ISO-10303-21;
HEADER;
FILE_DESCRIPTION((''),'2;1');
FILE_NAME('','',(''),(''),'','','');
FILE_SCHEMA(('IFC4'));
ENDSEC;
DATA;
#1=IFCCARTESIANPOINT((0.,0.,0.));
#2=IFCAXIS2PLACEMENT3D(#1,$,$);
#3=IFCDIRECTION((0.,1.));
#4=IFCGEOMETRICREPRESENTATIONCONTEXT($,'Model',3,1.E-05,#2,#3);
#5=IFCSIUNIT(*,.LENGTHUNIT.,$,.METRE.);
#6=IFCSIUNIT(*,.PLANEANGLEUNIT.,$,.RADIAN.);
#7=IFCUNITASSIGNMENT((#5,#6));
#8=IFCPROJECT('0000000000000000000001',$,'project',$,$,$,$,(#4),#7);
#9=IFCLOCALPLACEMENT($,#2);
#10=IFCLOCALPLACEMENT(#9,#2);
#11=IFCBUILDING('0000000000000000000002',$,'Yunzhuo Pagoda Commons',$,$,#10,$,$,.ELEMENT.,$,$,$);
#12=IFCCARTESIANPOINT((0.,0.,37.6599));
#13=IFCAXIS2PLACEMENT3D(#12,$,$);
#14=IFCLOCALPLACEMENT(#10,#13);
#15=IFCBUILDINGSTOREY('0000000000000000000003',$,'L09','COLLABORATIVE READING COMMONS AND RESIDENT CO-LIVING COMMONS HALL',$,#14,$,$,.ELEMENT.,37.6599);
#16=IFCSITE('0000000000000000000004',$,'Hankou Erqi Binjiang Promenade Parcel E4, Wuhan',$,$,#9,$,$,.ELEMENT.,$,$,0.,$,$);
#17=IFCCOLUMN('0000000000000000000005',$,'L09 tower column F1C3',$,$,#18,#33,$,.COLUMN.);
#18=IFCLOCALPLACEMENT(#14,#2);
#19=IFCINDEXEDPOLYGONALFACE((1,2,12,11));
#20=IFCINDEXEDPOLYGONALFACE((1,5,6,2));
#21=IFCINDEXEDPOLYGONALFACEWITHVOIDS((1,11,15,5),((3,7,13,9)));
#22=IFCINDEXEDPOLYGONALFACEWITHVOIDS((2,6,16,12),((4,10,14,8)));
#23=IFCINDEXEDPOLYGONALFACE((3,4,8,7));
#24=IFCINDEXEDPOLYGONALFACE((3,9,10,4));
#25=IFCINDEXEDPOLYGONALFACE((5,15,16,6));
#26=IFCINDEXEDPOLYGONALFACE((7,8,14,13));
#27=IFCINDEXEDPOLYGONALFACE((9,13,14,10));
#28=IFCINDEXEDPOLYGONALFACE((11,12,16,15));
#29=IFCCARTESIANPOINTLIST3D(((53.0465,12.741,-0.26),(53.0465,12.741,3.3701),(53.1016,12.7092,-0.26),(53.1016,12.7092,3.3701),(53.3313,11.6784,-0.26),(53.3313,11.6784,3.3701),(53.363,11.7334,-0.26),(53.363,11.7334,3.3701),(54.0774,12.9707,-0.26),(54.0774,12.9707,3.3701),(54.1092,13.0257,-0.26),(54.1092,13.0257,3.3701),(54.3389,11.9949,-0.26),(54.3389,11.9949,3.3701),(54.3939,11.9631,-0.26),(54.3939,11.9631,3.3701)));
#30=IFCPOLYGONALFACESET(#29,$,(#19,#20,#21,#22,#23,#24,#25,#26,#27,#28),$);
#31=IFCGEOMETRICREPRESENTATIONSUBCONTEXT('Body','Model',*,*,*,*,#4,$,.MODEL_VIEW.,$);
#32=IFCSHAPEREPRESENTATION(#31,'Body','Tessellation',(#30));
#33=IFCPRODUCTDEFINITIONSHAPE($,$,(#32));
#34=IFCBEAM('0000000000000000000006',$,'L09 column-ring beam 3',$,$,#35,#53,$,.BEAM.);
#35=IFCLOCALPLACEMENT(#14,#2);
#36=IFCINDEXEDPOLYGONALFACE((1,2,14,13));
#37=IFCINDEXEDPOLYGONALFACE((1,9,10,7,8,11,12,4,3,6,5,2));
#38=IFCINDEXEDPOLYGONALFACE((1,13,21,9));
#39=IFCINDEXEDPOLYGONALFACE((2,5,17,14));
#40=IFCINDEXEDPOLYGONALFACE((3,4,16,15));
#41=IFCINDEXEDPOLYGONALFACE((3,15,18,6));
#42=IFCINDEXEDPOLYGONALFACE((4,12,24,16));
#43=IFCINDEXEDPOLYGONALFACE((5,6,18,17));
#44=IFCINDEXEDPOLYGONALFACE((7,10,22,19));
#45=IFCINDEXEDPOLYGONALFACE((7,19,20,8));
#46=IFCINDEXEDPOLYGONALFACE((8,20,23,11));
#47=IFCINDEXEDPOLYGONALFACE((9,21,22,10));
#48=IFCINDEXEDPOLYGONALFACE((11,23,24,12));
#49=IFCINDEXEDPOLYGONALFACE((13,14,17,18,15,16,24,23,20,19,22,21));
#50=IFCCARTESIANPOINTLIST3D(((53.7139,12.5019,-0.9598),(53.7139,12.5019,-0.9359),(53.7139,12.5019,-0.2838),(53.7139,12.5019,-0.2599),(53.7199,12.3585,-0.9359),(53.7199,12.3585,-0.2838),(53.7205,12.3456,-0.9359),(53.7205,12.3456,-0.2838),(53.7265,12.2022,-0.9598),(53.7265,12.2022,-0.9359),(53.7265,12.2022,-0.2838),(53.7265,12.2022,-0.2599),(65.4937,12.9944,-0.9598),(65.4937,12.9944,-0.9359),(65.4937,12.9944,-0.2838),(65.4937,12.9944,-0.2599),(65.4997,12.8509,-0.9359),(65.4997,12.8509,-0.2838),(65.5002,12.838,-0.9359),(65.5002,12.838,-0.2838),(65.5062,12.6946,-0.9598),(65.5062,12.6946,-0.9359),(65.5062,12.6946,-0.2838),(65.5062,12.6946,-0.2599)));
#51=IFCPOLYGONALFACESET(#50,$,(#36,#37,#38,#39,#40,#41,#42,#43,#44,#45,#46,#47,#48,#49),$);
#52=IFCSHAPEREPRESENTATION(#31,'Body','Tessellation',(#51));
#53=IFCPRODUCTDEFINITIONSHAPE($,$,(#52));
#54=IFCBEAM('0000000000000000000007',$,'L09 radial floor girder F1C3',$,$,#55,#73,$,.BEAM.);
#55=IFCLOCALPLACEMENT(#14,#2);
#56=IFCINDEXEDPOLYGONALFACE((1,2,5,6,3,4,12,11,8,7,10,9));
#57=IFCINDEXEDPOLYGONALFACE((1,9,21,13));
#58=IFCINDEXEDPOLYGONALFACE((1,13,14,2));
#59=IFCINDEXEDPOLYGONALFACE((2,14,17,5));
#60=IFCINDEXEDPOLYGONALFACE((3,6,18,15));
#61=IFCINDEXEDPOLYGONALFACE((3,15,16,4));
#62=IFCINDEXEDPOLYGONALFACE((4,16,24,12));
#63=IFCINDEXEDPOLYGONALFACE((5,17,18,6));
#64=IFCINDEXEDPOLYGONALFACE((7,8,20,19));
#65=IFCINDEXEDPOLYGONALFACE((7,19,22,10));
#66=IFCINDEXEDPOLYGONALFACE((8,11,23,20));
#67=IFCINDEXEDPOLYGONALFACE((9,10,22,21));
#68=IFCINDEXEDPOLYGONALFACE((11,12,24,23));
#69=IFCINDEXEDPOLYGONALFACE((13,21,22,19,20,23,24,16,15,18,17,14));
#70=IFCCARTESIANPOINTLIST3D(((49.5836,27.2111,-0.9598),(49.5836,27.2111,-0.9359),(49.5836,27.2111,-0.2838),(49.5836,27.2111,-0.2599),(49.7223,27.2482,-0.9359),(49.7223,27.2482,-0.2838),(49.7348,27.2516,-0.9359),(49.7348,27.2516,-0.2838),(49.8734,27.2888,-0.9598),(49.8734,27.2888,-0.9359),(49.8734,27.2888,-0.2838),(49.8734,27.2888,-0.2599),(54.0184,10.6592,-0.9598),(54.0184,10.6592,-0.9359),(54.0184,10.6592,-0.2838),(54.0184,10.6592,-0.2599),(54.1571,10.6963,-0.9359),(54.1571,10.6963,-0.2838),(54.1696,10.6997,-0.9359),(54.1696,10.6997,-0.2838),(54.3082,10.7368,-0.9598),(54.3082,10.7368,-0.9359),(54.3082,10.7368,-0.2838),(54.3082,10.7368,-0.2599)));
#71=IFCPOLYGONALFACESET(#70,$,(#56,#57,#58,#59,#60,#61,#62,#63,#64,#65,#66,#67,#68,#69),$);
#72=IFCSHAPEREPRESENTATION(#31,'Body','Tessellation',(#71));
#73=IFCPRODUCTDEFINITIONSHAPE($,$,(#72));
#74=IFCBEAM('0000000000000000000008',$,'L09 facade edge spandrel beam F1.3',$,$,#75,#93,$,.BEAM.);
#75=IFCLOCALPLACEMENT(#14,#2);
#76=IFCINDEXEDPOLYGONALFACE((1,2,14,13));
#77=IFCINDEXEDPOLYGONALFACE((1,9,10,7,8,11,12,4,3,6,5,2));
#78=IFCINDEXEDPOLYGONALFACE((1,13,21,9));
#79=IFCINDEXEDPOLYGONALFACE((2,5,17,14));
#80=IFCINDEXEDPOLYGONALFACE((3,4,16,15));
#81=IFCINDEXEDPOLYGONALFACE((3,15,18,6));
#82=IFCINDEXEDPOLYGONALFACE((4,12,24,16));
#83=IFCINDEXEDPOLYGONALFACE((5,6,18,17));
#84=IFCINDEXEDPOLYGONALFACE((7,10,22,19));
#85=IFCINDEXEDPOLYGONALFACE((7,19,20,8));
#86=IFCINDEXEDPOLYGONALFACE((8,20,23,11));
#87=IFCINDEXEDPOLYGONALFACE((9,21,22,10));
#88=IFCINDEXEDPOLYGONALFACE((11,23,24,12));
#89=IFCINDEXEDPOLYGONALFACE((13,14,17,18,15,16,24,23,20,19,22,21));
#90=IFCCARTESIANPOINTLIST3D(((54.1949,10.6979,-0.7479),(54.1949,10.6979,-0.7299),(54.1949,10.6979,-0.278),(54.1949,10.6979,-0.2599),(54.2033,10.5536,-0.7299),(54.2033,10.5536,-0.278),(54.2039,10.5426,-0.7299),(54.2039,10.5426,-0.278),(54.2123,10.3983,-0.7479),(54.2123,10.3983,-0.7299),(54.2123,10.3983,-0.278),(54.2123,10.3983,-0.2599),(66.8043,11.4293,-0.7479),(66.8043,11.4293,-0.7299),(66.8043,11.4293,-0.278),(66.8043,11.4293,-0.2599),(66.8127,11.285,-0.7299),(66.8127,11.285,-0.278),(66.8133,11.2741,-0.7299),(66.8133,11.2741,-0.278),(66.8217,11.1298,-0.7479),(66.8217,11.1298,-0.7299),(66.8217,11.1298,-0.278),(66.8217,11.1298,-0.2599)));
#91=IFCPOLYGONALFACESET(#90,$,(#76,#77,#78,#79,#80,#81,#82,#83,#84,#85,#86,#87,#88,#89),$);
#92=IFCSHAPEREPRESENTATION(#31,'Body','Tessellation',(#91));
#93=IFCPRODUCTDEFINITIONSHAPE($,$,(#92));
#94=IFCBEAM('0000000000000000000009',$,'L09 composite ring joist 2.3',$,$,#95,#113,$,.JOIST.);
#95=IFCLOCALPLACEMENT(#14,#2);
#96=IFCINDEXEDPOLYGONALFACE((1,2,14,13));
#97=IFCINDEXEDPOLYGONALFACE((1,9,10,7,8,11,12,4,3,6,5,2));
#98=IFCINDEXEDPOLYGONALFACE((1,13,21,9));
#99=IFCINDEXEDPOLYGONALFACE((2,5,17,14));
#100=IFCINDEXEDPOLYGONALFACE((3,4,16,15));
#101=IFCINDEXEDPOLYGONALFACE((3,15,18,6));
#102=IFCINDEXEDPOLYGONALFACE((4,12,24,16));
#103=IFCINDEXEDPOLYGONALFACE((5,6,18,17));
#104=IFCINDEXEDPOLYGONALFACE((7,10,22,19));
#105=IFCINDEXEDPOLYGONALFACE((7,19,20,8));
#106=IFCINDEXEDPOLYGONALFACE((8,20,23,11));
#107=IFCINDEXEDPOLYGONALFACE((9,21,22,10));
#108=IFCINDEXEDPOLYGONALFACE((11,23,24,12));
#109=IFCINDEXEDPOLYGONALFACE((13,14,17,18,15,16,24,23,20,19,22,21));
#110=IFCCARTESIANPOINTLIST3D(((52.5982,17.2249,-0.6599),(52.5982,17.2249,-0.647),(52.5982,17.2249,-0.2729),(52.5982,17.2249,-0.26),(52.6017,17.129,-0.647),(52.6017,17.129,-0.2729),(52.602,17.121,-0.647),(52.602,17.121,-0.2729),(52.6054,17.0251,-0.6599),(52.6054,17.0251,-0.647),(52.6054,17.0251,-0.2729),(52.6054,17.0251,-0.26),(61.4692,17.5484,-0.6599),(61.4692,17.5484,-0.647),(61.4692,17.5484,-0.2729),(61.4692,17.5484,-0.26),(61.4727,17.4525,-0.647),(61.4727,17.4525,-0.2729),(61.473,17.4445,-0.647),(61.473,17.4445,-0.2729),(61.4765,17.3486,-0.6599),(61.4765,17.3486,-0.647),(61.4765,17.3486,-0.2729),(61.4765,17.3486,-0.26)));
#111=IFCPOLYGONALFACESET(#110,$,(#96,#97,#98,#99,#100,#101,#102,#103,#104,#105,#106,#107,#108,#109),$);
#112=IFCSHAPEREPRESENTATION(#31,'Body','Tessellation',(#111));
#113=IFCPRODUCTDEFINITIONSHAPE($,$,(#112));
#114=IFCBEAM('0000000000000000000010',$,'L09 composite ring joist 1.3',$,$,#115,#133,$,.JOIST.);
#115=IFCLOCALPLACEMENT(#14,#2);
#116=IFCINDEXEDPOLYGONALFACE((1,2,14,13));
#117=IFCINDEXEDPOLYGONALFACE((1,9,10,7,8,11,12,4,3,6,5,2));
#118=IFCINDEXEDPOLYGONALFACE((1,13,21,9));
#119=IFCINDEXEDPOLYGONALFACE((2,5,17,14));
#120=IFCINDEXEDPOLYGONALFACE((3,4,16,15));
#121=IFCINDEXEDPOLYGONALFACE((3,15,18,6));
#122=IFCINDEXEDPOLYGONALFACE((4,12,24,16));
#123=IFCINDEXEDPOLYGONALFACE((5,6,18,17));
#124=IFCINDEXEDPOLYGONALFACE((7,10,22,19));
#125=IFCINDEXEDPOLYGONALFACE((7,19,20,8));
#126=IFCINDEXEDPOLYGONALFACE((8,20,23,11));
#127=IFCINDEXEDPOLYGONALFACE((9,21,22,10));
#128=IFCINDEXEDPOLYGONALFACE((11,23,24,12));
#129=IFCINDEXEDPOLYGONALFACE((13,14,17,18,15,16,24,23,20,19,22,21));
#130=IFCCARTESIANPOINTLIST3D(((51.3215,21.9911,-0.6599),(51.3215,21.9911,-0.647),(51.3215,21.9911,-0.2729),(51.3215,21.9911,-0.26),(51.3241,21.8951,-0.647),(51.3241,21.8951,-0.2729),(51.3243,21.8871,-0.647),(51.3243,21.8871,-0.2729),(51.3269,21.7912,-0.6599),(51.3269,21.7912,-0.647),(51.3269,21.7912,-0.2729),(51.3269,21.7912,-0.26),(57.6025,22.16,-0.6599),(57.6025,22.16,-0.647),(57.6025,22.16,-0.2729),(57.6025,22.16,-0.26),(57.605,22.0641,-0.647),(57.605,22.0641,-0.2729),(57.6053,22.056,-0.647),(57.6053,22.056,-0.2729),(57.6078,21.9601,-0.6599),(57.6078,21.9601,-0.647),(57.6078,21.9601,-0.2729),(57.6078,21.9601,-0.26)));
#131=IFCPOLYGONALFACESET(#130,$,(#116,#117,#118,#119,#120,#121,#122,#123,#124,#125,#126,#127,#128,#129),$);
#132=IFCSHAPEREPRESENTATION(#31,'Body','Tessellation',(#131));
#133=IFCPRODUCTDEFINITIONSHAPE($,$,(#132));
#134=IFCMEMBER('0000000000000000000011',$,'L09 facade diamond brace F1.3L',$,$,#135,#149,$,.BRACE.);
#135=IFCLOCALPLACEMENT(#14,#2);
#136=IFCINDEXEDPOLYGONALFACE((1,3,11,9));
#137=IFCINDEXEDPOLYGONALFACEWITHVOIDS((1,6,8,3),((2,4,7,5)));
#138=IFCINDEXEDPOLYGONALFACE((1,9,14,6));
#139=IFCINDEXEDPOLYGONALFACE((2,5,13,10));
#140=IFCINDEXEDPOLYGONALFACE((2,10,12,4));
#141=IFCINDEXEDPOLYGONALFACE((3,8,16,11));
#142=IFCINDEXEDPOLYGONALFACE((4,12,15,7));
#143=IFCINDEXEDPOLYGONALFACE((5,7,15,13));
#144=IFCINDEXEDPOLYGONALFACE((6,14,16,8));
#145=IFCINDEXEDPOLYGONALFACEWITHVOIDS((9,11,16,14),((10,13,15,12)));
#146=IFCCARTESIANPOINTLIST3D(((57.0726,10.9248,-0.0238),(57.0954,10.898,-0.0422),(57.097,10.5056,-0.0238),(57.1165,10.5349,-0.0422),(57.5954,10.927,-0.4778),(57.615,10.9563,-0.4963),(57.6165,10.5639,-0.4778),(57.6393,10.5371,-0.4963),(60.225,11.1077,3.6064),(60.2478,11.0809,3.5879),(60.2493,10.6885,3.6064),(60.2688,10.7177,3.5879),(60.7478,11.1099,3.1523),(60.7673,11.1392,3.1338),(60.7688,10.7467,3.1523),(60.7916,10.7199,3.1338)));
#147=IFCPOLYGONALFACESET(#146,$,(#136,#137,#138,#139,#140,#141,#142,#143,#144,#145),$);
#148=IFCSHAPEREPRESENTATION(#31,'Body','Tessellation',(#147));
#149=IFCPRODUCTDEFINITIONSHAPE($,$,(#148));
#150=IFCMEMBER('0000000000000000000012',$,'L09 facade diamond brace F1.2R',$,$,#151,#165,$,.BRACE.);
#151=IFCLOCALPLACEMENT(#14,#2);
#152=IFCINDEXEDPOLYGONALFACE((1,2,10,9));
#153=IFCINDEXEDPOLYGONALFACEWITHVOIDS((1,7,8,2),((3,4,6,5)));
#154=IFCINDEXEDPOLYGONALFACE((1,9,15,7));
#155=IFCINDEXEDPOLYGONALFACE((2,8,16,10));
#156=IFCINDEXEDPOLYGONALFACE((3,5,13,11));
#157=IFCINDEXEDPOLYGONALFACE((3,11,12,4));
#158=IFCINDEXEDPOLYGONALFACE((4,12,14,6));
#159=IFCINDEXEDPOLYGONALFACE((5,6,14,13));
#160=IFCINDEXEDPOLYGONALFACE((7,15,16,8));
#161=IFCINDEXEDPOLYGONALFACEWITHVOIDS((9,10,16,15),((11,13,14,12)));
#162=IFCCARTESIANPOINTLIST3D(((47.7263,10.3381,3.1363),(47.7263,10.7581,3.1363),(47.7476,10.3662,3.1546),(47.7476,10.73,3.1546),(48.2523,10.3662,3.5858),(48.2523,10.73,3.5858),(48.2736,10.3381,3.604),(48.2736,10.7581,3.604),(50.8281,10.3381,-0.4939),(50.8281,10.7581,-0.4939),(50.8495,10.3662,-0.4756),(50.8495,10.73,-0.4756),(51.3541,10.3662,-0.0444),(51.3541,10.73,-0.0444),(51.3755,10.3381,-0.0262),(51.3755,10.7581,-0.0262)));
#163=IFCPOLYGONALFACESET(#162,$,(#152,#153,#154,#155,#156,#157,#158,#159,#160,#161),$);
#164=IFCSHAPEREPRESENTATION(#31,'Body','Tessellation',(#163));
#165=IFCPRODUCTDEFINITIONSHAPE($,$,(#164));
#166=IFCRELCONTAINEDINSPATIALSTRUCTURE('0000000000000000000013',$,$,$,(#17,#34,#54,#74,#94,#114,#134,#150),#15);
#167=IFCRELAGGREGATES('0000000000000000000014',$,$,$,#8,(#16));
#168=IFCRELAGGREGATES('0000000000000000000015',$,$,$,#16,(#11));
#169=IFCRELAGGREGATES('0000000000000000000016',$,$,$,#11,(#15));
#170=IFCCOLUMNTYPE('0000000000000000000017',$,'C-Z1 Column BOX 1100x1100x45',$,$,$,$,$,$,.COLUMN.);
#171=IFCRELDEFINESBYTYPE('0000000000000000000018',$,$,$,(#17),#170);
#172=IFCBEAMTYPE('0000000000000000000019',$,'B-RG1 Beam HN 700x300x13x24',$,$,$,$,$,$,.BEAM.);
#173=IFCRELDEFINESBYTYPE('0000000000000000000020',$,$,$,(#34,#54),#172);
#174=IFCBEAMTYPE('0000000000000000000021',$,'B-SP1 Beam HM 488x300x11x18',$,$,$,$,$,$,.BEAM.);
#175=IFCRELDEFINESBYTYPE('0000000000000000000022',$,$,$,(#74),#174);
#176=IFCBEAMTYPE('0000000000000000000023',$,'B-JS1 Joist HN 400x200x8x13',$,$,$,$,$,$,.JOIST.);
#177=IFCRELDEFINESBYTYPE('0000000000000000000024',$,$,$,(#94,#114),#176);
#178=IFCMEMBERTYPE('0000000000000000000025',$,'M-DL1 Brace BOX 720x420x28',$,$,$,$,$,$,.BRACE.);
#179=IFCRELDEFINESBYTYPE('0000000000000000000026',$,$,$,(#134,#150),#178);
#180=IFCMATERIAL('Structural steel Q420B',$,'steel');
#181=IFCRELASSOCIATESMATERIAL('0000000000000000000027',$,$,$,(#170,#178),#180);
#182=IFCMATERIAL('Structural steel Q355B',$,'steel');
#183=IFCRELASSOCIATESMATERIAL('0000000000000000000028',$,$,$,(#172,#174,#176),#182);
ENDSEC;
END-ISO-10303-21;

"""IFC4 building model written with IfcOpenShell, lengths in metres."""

from ifc_helpers import new_model, si_unit, direction, frame, origin, origin_2d, place, context, subcontext, project, spatial, hollow_rectangle, i_section, extrude, source, transform, mapped, material, material_profile, profile_set, type_object, element, save


model = new_model("IFC4")

# Units and contexts
model_context = context("Model", 3, precision=1e-05, world=origin(), true_north=direction((0.0, 1.0)))
body_context = subcontext(model_context, "Body", "Model", "MODEL_VIEW")
ifc_project = project(units=[si_unit("LENGTHUNIT", "METRE"), si_unit("PLANEANGLEUNIT", "RADIAN")], contexts=[model_context])

# Site, building, storey
site_placement = place(None, origin())
site = spatial("IfcSite", under=ifc_project, at=site_placement, Name="Hankou Erqi Binjiang Promenade Parcel E4, Wuhan", CompositionType="ELEMENT", RefElevation=0.0)
building_placement = place(site_placement, origin())
building = spatial("IfcBuilding", under=site, at=building_placement, Name="Yunzhuo Pagoda Commons", CompositionType="ELEMENT")
storey_placement = place(building_placement, frame((0.0, 0.0, 37.6599)))
storey = spatial("IfcBuildingStorey", under=building, at=storey_placement, Name="L09", Description="COLLABORATIVE READING COMMONS AND RESIDENT CO-LIVING COMMONS HALL", CompositionType="ELEMENT", Elevation=37.6599)

# Column
ifc_material_1 = material(Name="Structural steel Q420B", Category="steel")
ifc_material_profile_1 = material_profile(ifc_material_1, hollow_rectangle(XDim=1.1001, YDim=1.1001, WallThickness=0.0449, at=origin_2d()), Name="Structural steel Q420B")
ifc_profile_set_1 = profile_set([ifc_material_profile_1], Name="Structural steel Q420B")
column_type = type_object("IfcColumnType", Name="C-Z1 Column BOX 1100x1100x45", PredefinedType="COLUMN", material=ifc_profile_set_1)
shared_shape_1 = source(origin(), body_context, "Body", "SweptSolid", [
    extrude(hollow_rectangle(XDim=1.1001, YDim=1.1001, WallThickness=0.0449, at=origin_2d()), origin(), (0.0, 0.0, 1.0), 3.6301),
])
column_placement = place(storey_placement, frame((53.7202, 12.3521, -0.26), z_axis=(0.0, 0.0, 1.0), x_axis=(0.965926, 0.258819, 0.0)))
element("IfcColumn", 1, at=column_placement, inside=storey, type_object=column_type, Name="L09 tower column F1C3", PredefinedType="COLUMN", context=body_context, shape_type="MappedRepresentation", body=[
    mapped(shared_shape_1, transform((0.0, 0.0, 0.0), scale=1.0)),
])

# Beams
ifc_material_2 = material(Name="Structural steel Q355B", Category="steel")
ifc_material_profile_2 = material_profile(ifc_material_2, i_section(OverallWidth=0.3, OverallDepth=0.7, WebThickness=0.0129, FlangeThickness=0.0239, at=origin_2d()), Name="Structural steel Q355B")
ifc_profile_set_2 = profile_set([ifc_material_profile_2], Name="Structural steel Q355B")
beam_type_1 = type_object("IfcBeamType", Name="B-RG1 Beam HN 700x300x13x24", PredefinedType="BEAM", material=ifc_profile_set_2)
shared_shape_2 = source(origin(), body_context, "Body", "SweptSolid", [
    extrude(i_section(OverallWidth=0.3, OverallDepth=0.7, WebThickness=0.0129, FlangeThickness=0.0239, at=origin_2d()), origin(), (0.0, 0.0, 1.0), 11.79),
])
beam_1_placement = place(storey_placement, frame((53.7202, 12.3521, -0.6099), z_axis=(0.999127, 0.041767, 0.0), x_axis=(-0.041767, 0.999127, 0.0)))
element("IfcBeam", 2, at=beam_1_placement, inside=storey, type_object=beam_type_1, Name="L09 column-ring beam 3", PredefinedType="BEAM", context=body_context, shape_type="MappedRepresentation", body=[
    mapped(shared_shape_2, transform((0.0, 0.0, 0.0), scale=1.0)),
])
shared_shape_3 = source(origin(), body_context, "Body", "SweptSolid", [
    extrude(i_section(OverallWidth=0.3, OverallDepth=0.7, WebThickness=0.0129, FlangeThickness=0.0239, at=origin_2d()), origin(), (0.0, 0.0, 1.0), 17.1357),
])
beam_2_placement = place(storey_placement, frame((54.1633, 10.698, -0.6099), z_axis=(-0.258804, 0.96593, 0.0), x_axis=(-0.96593, -0.258804, 0.0)))
element("IfcBeam", 3, at=beam_2_placement, inside=storey, type_object=beam_type_1, Name="L09 radial floor girder F1C3", PredefinedType="BEAM", context=body_context, shape_type="MappedRepresentation", body=[
    mapped(shared_shape_3, transform((0.0, 0.0, 0.0), scale=1.0)),
])
ifc_material_profile_3 = material_profile(ifc_material_2, i_section(OverallWidth=0.3, OverallDepth=0.488, WebThickness=0.011, FlangeThickness=0.0181, at=origin_2d()), Name="Structural steel Q355B")
ifc_profile_set_3 = profile_set([ifc_material_profile_3], Name="Structural steel Q355B")
beam_type_2 = type_object("IfcBeamType", Name="B-SP1 Beam HM 488x300x11x18", PredefinedType="BEAM", material=ifc_profile_set_3)
shared_shape_4 = source(origin(), body_context, "Body", "SweptSolid", [
    extrude(i_section(OverallWidth=0.3, OverallDepth=0.488, WebThickness=0.011, FlangeThickness=0.0181, at=origin_2d()), origin(), (0.0, 0.0, 1.0), 12.6306),
])
beam_3_placement = place(storey_placement, frame((54.2036, 10.5481, -0.5039), z_axis=(0.998322, 0.057911, 0.0), x_axis=(-0.057911, 0.998322, 0.0)))
element("IfcBeam", 4, at=beam_3_placement, inside=storey, type_object=beam_type_2, Name="L09 facade edge spandrel beam F1.3", PredefinedType="BEAM", context=body_context, shape_type="MappedRepresentation", body=[
    mapped(shared_shape_4, transform((0.0, 0.0, 0.0), scale=1.0)),
])
ifc_material_profile_4 = material_profile(ifc_material_2, i_section(OverallWidth=0.2, OverallDepth=0.3999, WebThickness=0.0081, FlangeThickness=0.0129, at=origin_2d()), Name="Structural steel Q355B")
ifc_profile_set_4 = profile_set([ifc_material_profile_4], Name="Structural steel Q355B")
beam_type_3 = type_object("IfcBeamType", Name="B-JS1 Joist HN 400x200x8x13", PredefinedType="JOIST", material=ifc_profile_set_4)
shared_shape_5 = source(origin(), body_context, "Body", "SweptSolid", [
    extrude(i_section(OverallWidth=0.2, OverallDepth=0.3999, WebThickness=0.0081, FlangeThickness=0.0129, at=origin_2d()), origin(), (0.0, 0.0, 1.0), 8.877),
])
beam_4_placement = place(storey_placement, frame((52.6018, 17.125, -0.46), z_axis=(0.999336, 0.036441, 0.0), x_axis=(-0.036441, 0.999336, 0.0)))
element("IfcBeam", 5, at=beam_4_placement, inside=storey, type_object=beam_type_3, Name="L09 composite ring joist 2.3", PredefinedType="JOIST", context=body_context, shape_type="MappedRepresentation", body=[
    mapped(shared_shape_5, transform((0.0, 0.0, 0.0), scale=1.0)),
])
shared_shape_6 = source(origin(), body_context, "Body", "SweptSolid", [
    extrude(i_section(OverallWidth=0.2, OverallDepth=0.3999, WebThickness=0.0081, FlangeThickness=0.0129, at=origin_2d()), origin(), (0.0, 0.0, 1.0), 6.2832),
])
beam_5_placement = place(storey_placement, frame((51.3242, 21.8911, -0.46), z_axis=(0.999638, 0.026888, 0.0), x_axis=(-0.026888, 0.999638, 0.0)))
element("IfcBeam", 6, at=beam_5_placement, inside=storey, type_object=beam_type_3, Name="L09 composite ring joist 1.3", PredefinedType="JOIST", context=body_context, shape_type="MappedRepresentation", body=[
    mapped(shared_shape_6, transform((0.0, 0.0, 0.0), scale=1.0)),
])

# Members
ifc_material_profile_5 = material_profile(ifc_material_1, hollow_rectangle(XDim=0.4199, YDim=0.72, WallThickness=0.0281, at=origin_2d()), Name="Structural steel Q420B")
ifc_profile_set_5 = profile_set([ifc_material_profile_5], Name="Structural steel Q420B")
member_type_1 = type_object("IfcMemberType", Name="M-DL1 Brace BOX 720x420x28", PredefinedType="BRACE", material=ifc_profile_set_5)
shared_shape_7 = source(origin(), body_context, "Body", "SweptSolid", [
    extrude(hollow_rectangle(XDim=0.4199, YDim=0.72, WallThickness=0.0281, at=origin_2d()), origin(), (0.0, 0.0, 1.0), 4.8113),
])
member_1_placement = place(storey_placement, frame((57.356, 10.731, -0.26), z_axis=(0.655197, 0.038007, 0.754501), x_axis=(-0.057911, 0.998322, 0.0)))
element("IfcMember", 7, at=member_1_placement, inside=storey, type_object=member_type_1, Name="L09 facade diamond brace F1.3L", PredefinedType="BRACE", context=body_context, shape_type="MappedRepresentation", body=[
    mapped(shared_shape_7, transform((0.0, 0.0, 0.0), scale=1.0)),
])
shared_shape_8 = source(origin(), body_context, "Body", "SweptSolid", [
    extrude(hollow_rectangle(XDim=0.4199, YDim=0.72, WallThickness=0.0281, at=origin_2d()), origin(), (0.0, 0.0, 1.0), 4.7749),
])
member_2_placement = place(storey_placement, frame((51.1018, 10.5481, -0.26), z_axis=(-0.649616, 0.0, 0.760263), x_axis=(0.0, -1.0, 0.0)))
element("IfcMember", 8, at=member_2_placement, inside=storey, type_object=member_type_1, Name="L09 facade diamond brace F1.2R", PredefinedType="BRACE", context=body_context, shape_type="MappedRepresentation", body=[
    mapped(shared_shape_8, transform((0.0, 0.0, 0.0), scale=1.0)),
])

save(model, "model.ifc")
